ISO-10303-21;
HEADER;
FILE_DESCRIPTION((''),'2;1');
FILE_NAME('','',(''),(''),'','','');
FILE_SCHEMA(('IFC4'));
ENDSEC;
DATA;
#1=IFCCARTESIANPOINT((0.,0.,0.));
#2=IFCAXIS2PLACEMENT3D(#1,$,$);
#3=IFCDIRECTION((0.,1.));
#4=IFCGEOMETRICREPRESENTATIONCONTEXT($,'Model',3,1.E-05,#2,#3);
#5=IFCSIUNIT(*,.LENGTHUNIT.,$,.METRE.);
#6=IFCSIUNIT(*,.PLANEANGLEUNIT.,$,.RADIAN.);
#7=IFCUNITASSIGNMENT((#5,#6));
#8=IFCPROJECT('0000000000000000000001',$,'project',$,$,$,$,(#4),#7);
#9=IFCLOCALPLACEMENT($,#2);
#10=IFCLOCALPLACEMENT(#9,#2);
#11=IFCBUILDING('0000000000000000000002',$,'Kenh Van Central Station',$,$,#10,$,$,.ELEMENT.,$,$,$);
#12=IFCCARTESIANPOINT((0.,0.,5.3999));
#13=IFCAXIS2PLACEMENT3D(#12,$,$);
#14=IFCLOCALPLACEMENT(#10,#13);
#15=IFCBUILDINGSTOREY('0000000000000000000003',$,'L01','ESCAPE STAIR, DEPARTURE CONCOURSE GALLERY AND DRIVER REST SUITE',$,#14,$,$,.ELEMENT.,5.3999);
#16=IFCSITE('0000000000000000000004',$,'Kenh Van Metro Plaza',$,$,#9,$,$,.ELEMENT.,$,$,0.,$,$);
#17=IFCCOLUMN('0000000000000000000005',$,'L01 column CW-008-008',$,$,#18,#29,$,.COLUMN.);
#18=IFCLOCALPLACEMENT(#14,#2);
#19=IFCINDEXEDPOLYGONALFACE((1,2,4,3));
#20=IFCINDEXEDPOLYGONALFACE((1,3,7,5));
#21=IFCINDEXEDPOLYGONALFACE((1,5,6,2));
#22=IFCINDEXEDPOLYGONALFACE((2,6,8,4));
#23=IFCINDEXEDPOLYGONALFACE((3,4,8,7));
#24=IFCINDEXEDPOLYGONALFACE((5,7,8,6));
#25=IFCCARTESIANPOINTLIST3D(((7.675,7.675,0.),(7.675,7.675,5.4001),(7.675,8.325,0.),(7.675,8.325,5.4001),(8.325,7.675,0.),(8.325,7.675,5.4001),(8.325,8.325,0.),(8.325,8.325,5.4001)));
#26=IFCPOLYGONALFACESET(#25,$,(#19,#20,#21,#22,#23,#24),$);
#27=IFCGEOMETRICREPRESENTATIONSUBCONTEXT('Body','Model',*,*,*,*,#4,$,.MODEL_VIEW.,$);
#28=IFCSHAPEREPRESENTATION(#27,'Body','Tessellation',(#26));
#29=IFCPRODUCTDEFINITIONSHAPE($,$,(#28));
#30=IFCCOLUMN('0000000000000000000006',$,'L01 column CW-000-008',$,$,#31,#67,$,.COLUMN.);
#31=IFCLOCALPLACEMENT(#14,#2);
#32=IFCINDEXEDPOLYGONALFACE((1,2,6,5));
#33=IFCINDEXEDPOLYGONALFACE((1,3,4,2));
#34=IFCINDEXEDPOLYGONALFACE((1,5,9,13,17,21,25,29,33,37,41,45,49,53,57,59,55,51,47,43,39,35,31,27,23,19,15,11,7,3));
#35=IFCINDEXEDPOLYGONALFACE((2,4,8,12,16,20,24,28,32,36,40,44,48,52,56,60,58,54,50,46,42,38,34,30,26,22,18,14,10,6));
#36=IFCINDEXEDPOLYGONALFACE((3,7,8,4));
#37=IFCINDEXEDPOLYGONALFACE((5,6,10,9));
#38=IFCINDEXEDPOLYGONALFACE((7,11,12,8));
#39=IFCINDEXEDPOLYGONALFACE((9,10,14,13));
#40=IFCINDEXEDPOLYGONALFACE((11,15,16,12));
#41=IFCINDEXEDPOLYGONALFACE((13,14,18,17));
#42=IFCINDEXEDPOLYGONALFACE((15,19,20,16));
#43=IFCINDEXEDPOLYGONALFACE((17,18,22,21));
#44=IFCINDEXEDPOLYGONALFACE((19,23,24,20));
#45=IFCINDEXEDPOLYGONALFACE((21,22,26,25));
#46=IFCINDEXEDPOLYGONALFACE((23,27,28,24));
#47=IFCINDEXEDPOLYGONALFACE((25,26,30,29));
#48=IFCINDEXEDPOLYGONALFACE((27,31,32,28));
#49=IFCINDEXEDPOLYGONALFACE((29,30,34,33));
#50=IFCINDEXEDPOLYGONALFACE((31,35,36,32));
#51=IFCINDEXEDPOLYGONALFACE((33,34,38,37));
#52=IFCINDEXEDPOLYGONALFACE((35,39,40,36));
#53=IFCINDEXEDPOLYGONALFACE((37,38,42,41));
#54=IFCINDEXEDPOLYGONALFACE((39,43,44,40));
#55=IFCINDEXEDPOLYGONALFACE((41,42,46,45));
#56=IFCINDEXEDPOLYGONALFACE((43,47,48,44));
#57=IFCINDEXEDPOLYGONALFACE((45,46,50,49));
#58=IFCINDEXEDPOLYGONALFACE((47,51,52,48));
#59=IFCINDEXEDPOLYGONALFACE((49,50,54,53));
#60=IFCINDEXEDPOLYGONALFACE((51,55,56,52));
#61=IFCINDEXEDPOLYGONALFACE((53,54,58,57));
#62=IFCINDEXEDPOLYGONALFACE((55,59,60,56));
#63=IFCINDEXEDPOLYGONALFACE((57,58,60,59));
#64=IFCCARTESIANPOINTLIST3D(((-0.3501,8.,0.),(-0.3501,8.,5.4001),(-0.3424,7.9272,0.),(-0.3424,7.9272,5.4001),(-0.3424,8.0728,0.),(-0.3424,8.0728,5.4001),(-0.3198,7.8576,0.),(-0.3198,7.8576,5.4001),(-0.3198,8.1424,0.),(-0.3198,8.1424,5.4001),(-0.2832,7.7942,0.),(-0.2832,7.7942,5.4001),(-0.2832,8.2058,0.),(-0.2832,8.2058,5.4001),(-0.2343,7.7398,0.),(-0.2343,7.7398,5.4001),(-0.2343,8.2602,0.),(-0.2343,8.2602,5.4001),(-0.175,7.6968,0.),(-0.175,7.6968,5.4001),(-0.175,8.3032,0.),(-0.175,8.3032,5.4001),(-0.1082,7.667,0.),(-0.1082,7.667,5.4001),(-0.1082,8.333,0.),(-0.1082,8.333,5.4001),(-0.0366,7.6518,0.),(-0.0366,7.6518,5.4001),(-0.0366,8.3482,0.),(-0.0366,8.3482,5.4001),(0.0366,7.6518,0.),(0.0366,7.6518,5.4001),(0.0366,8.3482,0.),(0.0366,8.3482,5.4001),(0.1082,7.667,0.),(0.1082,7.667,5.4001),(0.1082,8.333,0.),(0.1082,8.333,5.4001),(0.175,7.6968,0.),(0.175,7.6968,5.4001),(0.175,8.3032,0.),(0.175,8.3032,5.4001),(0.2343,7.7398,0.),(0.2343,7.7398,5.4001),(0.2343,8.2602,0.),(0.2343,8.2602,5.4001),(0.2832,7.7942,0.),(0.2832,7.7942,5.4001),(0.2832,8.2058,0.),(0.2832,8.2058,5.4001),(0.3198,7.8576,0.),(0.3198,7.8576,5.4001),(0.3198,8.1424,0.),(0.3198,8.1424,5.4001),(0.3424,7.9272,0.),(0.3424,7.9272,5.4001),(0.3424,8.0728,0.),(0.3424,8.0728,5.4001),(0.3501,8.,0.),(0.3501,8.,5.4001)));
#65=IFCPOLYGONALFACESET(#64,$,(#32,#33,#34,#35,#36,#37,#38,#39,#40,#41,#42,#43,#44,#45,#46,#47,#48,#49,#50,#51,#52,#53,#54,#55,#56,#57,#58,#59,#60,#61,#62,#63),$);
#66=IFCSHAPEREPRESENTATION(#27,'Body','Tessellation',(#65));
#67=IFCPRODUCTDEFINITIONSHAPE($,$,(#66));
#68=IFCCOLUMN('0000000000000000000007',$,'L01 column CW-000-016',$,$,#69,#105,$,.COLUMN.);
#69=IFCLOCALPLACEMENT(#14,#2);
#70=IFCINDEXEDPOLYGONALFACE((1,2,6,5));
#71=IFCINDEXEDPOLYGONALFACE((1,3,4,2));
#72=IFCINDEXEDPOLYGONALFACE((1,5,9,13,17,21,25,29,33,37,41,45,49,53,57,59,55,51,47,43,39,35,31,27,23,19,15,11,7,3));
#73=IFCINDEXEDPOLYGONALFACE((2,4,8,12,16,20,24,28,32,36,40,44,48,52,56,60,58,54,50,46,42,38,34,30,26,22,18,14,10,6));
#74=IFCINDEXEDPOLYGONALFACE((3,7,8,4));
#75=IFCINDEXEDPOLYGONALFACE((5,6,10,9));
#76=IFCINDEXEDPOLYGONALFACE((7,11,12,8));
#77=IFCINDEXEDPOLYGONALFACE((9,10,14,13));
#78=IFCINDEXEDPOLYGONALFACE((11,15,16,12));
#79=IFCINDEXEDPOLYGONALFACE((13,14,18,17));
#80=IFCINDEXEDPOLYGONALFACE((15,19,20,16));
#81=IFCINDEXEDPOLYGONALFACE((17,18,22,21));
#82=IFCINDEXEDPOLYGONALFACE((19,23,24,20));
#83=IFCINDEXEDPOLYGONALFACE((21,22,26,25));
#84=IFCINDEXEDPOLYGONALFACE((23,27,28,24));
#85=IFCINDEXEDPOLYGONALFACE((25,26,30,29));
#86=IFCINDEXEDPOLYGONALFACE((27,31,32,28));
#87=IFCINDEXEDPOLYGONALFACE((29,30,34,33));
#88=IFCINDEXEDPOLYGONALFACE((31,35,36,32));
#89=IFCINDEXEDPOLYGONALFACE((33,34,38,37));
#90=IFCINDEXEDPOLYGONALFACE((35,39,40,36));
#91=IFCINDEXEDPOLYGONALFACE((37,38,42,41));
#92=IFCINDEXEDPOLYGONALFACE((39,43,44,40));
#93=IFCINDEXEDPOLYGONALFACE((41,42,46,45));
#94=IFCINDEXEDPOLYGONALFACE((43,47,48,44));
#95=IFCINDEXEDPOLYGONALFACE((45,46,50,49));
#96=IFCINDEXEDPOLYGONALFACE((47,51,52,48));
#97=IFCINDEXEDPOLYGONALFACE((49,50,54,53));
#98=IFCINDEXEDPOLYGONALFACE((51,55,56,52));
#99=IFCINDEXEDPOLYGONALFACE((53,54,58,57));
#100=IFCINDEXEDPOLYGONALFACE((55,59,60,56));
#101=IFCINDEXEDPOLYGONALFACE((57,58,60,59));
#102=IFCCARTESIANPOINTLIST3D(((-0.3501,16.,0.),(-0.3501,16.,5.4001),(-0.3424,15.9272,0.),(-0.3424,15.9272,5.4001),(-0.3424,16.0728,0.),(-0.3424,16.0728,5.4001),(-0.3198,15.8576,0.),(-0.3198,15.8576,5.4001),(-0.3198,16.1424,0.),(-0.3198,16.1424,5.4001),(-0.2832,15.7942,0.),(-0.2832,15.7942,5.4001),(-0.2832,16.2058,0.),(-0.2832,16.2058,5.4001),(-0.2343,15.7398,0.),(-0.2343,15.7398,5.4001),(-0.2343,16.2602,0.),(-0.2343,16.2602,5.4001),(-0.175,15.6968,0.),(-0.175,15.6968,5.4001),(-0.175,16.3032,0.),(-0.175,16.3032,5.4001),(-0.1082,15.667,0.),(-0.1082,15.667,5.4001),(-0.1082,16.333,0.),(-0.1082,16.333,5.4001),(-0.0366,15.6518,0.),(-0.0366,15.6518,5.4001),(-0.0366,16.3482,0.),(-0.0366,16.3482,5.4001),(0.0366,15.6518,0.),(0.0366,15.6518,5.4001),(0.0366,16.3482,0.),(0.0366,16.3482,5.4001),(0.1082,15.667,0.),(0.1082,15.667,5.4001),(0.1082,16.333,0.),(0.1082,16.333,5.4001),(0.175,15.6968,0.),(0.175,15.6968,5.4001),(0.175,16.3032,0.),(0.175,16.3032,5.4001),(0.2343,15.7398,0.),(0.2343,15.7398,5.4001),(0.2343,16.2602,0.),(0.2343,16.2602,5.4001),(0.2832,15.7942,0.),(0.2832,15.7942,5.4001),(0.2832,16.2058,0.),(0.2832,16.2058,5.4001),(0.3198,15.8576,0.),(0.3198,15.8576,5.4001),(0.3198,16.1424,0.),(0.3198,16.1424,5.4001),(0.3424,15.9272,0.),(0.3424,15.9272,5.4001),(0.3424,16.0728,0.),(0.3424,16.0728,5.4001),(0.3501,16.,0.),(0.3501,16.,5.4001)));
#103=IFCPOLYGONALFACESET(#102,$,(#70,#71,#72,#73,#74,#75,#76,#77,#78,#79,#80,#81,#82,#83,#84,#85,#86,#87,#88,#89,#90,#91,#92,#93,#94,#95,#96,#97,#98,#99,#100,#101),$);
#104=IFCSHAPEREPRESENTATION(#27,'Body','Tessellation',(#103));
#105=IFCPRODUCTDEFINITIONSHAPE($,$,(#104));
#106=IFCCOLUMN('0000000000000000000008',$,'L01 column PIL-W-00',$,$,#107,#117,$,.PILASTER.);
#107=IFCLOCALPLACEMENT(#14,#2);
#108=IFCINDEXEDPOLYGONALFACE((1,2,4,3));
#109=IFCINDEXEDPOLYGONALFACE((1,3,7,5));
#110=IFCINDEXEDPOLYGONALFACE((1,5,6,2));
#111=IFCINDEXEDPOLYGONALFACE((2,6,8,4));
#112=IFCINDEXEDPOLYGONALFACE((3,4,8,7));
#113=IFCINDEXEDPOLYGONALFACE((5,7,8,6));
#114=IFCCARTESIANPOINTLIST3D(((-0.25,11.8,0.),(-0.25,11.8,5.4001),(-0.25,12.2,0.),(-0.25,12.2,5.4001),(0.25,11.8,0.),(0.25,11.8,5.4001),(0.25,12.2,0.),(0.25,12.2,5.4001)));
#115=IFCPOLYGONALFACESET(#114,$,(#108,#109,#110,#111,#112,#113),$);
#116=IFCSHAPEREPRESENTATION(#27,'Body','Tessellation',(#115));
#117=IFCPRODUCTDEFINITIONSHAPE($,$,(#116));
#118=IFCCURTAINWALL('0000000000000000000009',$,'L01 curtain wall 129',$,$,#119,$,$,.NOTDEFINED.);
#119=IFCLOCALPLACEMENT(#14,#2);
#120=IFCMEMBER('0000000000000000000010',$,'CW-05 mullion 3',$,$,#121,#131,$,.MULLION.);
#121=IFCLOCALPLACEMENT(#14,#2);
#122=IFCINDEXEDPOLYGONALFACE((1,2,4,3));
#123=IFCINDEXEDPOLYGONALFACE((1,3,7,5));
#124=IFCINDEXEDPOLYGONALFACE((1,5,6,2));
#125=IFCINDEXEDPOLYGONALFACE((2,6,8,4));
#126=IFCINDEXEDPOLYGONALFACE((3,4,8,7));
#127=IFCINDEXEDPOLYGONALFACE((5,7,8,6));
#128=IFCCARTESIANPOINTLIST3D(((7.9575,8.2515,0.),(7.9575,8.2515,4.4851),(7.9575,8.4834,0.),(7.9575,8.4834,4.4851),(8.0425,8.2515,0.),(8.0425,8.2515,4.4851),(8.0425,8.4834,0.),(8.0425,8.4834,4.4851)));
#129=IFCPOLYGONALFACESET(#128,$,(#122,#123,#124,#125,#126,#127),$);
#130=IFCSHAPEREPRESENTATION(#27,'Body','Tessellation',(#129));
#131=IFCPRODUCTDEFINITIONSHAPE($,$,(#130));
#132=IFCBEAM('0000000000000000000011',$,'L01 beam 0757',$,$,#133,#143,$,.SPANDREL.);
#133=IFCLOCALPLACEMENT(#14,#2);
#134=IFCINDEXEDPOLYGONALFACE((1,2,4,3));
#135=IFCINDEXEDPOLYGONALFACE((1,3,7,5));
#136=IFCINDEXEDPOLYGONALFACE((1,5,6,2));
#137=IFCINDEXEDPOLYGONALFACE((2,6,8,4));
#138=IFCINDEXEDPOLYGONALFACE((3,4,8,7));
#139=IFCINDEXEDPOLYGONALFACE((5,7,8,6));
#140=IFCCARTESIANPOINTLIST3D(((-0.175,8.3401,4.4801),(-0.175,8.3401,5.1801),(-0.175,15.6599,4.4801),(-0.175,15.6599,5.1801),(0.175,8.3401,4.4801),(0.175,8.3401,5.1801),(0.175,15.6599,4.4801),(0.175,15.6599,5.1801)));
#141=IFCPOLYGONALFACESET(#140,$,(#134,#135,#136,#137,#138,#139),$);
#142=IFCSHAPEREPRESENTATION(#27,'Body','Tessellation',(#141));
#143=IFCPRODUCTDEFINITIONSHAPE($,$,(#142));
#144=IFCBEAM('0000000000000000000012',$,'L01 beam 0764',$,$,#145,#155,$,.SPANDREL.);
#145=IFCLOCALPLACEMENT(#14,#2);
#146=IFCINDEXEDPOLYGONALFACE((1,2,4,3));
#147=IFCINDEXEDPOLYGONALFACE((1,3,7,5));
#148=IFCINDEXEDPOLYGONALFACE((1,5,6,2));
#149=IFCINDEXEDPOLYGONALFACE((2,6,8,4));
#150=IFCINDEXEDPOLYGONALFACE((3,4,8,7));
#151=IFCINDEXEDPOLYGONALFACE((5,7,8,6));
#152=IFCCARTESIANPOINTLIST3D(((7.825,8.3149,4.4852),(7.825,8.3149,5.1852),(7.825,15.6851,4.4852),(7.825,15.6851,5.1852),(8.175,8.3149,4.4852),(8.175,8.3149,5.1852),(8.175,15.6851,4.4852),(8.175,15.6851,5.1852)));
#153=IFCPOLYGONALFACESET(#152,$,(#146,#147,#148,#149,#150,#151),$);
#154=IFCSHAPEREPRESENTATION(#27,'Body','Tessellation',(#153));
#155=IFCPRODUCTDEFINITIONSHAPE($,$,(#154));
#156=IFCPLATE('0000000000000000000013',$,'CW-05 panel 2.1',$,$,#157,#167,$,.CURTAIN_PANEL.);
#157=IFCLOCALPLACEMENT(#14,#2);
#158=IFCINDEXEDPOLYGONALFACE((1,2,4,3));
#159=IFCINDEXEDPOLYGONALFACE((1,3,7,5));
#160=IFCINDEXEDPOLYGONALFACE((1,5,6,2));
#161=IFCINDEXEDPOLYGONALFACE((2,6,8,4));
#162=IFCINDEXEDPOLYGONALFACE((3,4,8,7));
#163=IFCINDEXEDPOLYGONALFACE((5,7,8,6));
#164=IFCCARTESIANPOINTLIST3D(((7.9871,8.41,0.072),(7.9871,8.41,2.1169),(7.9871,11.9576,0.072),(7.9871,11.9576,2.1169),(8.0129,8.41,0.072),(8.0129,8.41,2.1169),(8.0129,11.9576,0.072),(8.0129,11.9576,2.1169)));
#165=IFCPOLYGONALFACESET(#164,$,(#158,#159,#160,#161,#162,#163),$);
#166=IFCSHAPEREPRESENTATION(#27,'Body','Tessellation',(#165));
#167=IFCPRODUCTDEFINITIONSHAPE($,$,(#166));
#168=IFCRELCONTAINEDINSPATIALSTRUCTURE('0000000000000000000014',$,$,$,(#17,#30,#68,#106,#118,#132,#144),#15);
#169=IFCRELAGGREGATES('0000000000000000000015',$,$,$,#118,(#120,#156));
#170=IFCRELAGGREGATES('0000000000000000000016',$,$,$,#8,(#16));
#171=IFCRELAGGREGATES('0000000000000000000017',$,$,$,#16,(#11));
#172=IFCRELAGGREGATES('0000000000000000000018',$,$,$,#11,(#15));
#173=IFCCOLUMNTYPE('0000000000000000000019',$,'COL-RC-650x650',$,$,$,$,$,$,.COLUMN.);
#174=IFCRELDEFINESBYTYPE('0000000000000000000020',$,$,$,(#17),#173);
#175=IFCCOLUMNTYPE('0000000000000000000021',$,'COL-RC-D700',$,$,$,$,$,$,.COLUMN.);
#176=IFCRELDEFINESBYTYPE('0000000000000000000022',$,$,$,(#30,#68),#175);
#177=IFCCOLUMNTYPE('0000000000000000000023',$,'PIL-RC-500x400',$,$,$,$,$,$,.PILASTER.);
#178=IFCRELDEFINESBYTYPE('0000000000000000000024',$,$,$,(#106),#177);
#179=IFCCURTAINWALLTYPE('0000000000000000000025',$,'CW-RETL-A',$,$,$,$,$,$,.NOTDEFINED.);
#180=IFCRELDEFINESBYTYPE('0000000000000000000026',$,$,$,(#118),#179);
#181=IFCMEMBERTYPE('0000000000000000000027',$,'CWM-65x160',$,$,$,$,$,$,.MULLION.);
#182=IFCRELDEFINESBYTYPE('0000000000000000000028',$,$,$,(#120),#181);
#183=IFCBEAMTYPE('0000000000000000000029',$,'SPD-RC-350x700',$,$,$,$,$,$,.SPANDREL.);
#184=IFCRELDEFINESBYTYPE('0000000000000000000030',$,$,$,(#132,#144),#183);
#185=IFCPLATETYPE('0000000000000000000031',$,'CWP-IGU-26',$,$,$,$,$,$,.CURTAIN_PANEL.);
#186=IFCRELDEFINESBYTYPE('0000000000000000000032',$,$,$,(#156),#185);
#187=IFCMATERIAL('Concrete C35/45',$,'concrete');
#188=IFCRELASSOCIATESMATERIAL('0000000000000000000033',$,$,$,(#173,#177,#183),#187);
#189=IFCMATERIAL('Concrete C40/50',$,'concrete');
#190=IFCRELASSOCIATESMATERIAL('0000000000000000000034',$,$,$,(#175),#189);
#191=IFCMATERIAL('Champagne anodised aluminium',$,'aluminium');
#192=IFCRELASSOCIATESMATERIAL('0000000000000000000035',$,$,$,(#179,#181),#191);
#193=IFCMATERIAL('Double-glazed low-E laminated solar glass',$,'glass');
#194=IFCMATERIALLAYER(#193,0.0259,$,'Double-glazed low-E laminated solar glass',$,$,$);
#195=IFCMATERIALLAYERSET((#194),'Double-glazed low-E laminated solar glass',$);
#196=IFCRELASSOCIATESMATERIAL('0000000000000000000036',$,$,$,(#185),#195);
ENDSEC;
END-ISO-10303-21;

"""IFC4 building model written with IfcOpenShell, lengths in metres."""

from ifc_helpers import new_model, si_unit, direction, frame, origin, origin_2d, place, context, subcontext, project, spatial, rectangle, circle, extrude, material, layer, layer_set, material_profile, profile_set, type_object, element, aggregate, save


model = new_model("IFC4")

# Units and contexts
model_context = context("Model", 3, precision=1e-05, world=origin(), true_north=direction((0.0, 1.0)))
body_context = subcontext(model_context, "Body", "Model", "MODEL_VIEW")
ifc_project = project(units=[si_unit("LENGTHUNIT", "METRE"), si_unit("PLANEANGLEUNIT", "RADIAN")], contexts=[model_context])

# Site, building, storey
site_placement = place(None, origin())
site = spatial("IfcSite", under=ifc_project, at=site_placement, Name="Kenh Van Metro Plaza", CompositionType="ELEMENT", RefElevation=0.0)
building_placement = place(site_placement, origin())
building = spatial("IfcBuilding", under=site, at=building_placement, Name="Kenh Van Central Station", CompositionType="ELEMENT")
storey_placement = place(building_placement, frame((0.0, 0.0, 5.3999)))
storey = spatial("IfcBuildingStorey", under=building, at=storey_placement, Name="L01", Description="ESCAPE STAIR, DEPARTURE CONCOURSE GALLERY AND DRIVER REST SUITE", CompositionType="ELEMENT", Elevation=5.3999)

# Columns
ifc_material_1 = material(Name="Concrete C35/45", Category="concrete")
ifc_material_profile_1 = material_profile(ifc_material_1, rectangle(XDim=0.6499, YDim=0.6499, at=origin_2d()), Name="RC 650x650")
ifc_profile_set_1 = profile_set([ifc_material_profile_1], Name="Concrete C35/45")
column_type_1 = type_object("IfcColumnType", Name="COL-RC-650x650", PredefinedType="COLUMN", material=ifc_profile_set_1)
column_1_placement = place(storey_placement, frame((8.0, 8.0, 0.0), z_axis=(0.0, 0.0, 1.0), x_axis=(1.0, 0.0, 0.0)))
element("IfcColumn", 1, at=column_1_placement, inside=storey, type_object=column_type_1, Name="L01 column CW-008-008", PredefinedType="COLUMN", context=body_context, shape_type="SweptSolid", body=[
    extrude(rectangle(XDim=0.6499, YDim=0.6499, at=origin_2d()), origin(), (0.0, 0.0, 1.0), 5.4001),
])
ifc_material_2 = material(Name="Concrete C40/50", Category="concrete")
ifc_material_profile_2 = material_profile(ifc_material_2, circle(Radius=0.3501, at=origin_2d()), Name="RC D700")
ifc_profile_set_2 = profile_set([ifc_material_profile_2], Name="Concrete C40/50")
column_type_2 = type_object("IfcColumnType", Name="COL-RC-D700", PredefinedType="COLUMN", material=ifc_profile_set_2)
for number, where, z_axis, x_axis, name in (
    (2, (0.0, 8.0, 0.0), (0.0, 0.0, 1.0), (1.0, 0.0, 0.0), "L01 column CW-000-008"),
    (3, (0.0, 16.0, 0.0), (0.0, 0.0, 1.0), (1.0, 0.0, 0.0), "L01 column CW-000-016"),
):
    element("IfcColumn", number, at=place(storey_placement, frame(where, z_axis=z_axis, x_axis=x_axis)), inside=storey, type_object=column_type_2, Name=name, PredefinedType="COLUMN", context=body_context, shape_type="SweptSolid", body=[
        extrude(circle(Radius=0.3501, at=origin_2d()), origin(), (0.0, 0.0, 1.0), 5.4001),
    ])
ifc_material_profile_3 = material_profile(ifc_material_1, rectangle(XDim=0.5, YDim=0.3999, at=origin_2d()), Name="RC 500x400")
ifc_profile_set_3 = profile_set([ifc_material_profile_3], Name="Concrete C35/45")
column_type_3 = type_object("IfcColumnType", Name="PIL-RC-500x400", PredefinedType="PILASTER", material=ifc_profile_set_3)
column_2_placement = place(storey_placement, frame((0.0, 12.0, 0.0), z_axis=(0.0, 0.0, 1.0), x_axis=(1.0, 0.0, 0.0)))
element("IfcColumn", 4, at=column_2_placement, inside=storey, type_object=column_type_3, Name="L01 column PIL-W-00", PredefinedType="PILASTER", context=body_context, shape_type="SweptSolid", body=[
    extrude(rectangle(XDim=0.5, YDim=0.3999, at=origin_2d()), origin(), (0.0, 0.0, 1.0), 5.4001),
])

# Curtain wall, member
ifc_material_3 = material(Name="Champagne anodised aluminium", Category="aluminium")
curtain_wall_type = type_object("IfcCurtainWallType", Name="CW-RETL-A", PredefinedType="NOTDEFINED", material=ifc_material_3)
curtain_wall_placement = place(storey_placement, origin())
curtain_wall = element("IfcCurtainWall", 5, at=curtain_wall_placement, inside=storey, type_object=curtain_wall_type, Name="L01 curtain wall 129", PredefinedType="NOTDEFINED")
ifc_material_profile_4 = material_profile(ifc_material_3, rectangle(XDim=0.085, YDim=0.2319, at=origin_2d()), Name="AL 85x232")
ifc_profile_set_4 = profile_set([ifc_material_profile_4], Name="Champagne anodised aluminium")
member_type = type_object("IfcMemberType", Name="CWM-65x160", PredefinedType="MULLION", material=ifc_profile_set_4)
member_placement = place(storey_placement, frame((8.0, 8.3674, 0.0), z_axis=(0.0, 0.0, 1.0), x_axis=(1.0, 0.0, 0.0)))
member = element("IfcMember", 6, at=member_placement, type_object=member_type, Name="CW-05 mullion 3", PredefinedType="MULLION", context=body_context, shape_type="SweptSolid", body=[
    extrude(rectangle(XDim=0.085, YDim=0.2319, at=origin_2d()), origin(), (0.0, 0.0, 1.0), 4.4851),
])

# Beams
ifc_material_profile_5 = material_profile(ifc_material_1, rectangle(XDim=0.3501, YDim=0.7, at=origin_2d()), Name="RC 350x700")
ifc_profile_set_5 = profile_set([ifc_material_profile_5], Name="Concrete C35/45")
beam_type = type_object("IfcBeamType", Name="SPD-RC-350x700", PredefinedType="SPANDREL", material=ifc_profile_set_5)
beam_1_placement = place(storey_placement, frame((0.0, 8.3401, 4.8301), z_axis=(0.0, 1.0, 0.0), x_axis=(-1.0, 0.0, 0.0)))
element("IfcBeam", 7, at=beam_1_placement, inside=storey, type_object=beam_type, Name="L01 beam 0757", PredefinedType="SPANDREL", context=body_context, shape_type="SweptSolid", body=[
    extrude(rectangle(XDim=0.3501, YDim=0.7, at=origin_2d()), origin(), (0.0, 0.0, 1.0), 7.3198),
])
beam_2_placement = place(storey_placement, frame((8.0, 8.3149, 4.8352), z_axis=(0.0, 1.0, 0.0), x_axis=(-1.0, 0.0, 0.0)))
element("IfcBeam", 8, at=beam_2_placement, inside=storey, type_object=beam_type, Name="L01 beam 0764", PredefinedType="SPANDREL", context=body_context, shape_type="SweptSolid", body=[
    extrude(rectangle(XDim=0.3501, YDim=0.7, at=origin_2d()), origin(), (0.0, 0.0, 1.0), 7.3701),
])

# Plate
ifc_material_4 = material(Name="Double-glazed low-E laminated solar glass", Category="glass")
ifc_layer_1 = layer(ifc_material_4, 0.0259, Name="Double-glazed low-E laminated solar glass")
ifc_layer_set_1 = layer_set([ifc_layer_1], Name="Double-glazed low-E laminated solar glass")
plate_type = type_object("IfcPlateType", Name="CWP-IGU-26", PredefinedType="CURTAIN_PANEL", material=ifc_layer_set_1)
plate_placement = place(storey_placement, frame((8.0, 10.1838, 0.072), z_axis=(0.0, 0.0, 1.0), x_axis=(0.0, -1.0, 0.0)))
plate = element("IfcPlate", 9, at=plate_placement, type_object=plate_type, Name="CW-05 panel 2.1", PredefinedType="CURTAIN_PANEL", context=body_context, shape_type="SweptSolid", body=[
    extrude(rectangle(XDim=3.5476, YDim=0.0259, at=origin_2d()), origin(), (0.0, 0.0, 1.0), 2.0449),
])
aggregate(curtain_wall, [member, plate])

save(model, "model.ifc")
